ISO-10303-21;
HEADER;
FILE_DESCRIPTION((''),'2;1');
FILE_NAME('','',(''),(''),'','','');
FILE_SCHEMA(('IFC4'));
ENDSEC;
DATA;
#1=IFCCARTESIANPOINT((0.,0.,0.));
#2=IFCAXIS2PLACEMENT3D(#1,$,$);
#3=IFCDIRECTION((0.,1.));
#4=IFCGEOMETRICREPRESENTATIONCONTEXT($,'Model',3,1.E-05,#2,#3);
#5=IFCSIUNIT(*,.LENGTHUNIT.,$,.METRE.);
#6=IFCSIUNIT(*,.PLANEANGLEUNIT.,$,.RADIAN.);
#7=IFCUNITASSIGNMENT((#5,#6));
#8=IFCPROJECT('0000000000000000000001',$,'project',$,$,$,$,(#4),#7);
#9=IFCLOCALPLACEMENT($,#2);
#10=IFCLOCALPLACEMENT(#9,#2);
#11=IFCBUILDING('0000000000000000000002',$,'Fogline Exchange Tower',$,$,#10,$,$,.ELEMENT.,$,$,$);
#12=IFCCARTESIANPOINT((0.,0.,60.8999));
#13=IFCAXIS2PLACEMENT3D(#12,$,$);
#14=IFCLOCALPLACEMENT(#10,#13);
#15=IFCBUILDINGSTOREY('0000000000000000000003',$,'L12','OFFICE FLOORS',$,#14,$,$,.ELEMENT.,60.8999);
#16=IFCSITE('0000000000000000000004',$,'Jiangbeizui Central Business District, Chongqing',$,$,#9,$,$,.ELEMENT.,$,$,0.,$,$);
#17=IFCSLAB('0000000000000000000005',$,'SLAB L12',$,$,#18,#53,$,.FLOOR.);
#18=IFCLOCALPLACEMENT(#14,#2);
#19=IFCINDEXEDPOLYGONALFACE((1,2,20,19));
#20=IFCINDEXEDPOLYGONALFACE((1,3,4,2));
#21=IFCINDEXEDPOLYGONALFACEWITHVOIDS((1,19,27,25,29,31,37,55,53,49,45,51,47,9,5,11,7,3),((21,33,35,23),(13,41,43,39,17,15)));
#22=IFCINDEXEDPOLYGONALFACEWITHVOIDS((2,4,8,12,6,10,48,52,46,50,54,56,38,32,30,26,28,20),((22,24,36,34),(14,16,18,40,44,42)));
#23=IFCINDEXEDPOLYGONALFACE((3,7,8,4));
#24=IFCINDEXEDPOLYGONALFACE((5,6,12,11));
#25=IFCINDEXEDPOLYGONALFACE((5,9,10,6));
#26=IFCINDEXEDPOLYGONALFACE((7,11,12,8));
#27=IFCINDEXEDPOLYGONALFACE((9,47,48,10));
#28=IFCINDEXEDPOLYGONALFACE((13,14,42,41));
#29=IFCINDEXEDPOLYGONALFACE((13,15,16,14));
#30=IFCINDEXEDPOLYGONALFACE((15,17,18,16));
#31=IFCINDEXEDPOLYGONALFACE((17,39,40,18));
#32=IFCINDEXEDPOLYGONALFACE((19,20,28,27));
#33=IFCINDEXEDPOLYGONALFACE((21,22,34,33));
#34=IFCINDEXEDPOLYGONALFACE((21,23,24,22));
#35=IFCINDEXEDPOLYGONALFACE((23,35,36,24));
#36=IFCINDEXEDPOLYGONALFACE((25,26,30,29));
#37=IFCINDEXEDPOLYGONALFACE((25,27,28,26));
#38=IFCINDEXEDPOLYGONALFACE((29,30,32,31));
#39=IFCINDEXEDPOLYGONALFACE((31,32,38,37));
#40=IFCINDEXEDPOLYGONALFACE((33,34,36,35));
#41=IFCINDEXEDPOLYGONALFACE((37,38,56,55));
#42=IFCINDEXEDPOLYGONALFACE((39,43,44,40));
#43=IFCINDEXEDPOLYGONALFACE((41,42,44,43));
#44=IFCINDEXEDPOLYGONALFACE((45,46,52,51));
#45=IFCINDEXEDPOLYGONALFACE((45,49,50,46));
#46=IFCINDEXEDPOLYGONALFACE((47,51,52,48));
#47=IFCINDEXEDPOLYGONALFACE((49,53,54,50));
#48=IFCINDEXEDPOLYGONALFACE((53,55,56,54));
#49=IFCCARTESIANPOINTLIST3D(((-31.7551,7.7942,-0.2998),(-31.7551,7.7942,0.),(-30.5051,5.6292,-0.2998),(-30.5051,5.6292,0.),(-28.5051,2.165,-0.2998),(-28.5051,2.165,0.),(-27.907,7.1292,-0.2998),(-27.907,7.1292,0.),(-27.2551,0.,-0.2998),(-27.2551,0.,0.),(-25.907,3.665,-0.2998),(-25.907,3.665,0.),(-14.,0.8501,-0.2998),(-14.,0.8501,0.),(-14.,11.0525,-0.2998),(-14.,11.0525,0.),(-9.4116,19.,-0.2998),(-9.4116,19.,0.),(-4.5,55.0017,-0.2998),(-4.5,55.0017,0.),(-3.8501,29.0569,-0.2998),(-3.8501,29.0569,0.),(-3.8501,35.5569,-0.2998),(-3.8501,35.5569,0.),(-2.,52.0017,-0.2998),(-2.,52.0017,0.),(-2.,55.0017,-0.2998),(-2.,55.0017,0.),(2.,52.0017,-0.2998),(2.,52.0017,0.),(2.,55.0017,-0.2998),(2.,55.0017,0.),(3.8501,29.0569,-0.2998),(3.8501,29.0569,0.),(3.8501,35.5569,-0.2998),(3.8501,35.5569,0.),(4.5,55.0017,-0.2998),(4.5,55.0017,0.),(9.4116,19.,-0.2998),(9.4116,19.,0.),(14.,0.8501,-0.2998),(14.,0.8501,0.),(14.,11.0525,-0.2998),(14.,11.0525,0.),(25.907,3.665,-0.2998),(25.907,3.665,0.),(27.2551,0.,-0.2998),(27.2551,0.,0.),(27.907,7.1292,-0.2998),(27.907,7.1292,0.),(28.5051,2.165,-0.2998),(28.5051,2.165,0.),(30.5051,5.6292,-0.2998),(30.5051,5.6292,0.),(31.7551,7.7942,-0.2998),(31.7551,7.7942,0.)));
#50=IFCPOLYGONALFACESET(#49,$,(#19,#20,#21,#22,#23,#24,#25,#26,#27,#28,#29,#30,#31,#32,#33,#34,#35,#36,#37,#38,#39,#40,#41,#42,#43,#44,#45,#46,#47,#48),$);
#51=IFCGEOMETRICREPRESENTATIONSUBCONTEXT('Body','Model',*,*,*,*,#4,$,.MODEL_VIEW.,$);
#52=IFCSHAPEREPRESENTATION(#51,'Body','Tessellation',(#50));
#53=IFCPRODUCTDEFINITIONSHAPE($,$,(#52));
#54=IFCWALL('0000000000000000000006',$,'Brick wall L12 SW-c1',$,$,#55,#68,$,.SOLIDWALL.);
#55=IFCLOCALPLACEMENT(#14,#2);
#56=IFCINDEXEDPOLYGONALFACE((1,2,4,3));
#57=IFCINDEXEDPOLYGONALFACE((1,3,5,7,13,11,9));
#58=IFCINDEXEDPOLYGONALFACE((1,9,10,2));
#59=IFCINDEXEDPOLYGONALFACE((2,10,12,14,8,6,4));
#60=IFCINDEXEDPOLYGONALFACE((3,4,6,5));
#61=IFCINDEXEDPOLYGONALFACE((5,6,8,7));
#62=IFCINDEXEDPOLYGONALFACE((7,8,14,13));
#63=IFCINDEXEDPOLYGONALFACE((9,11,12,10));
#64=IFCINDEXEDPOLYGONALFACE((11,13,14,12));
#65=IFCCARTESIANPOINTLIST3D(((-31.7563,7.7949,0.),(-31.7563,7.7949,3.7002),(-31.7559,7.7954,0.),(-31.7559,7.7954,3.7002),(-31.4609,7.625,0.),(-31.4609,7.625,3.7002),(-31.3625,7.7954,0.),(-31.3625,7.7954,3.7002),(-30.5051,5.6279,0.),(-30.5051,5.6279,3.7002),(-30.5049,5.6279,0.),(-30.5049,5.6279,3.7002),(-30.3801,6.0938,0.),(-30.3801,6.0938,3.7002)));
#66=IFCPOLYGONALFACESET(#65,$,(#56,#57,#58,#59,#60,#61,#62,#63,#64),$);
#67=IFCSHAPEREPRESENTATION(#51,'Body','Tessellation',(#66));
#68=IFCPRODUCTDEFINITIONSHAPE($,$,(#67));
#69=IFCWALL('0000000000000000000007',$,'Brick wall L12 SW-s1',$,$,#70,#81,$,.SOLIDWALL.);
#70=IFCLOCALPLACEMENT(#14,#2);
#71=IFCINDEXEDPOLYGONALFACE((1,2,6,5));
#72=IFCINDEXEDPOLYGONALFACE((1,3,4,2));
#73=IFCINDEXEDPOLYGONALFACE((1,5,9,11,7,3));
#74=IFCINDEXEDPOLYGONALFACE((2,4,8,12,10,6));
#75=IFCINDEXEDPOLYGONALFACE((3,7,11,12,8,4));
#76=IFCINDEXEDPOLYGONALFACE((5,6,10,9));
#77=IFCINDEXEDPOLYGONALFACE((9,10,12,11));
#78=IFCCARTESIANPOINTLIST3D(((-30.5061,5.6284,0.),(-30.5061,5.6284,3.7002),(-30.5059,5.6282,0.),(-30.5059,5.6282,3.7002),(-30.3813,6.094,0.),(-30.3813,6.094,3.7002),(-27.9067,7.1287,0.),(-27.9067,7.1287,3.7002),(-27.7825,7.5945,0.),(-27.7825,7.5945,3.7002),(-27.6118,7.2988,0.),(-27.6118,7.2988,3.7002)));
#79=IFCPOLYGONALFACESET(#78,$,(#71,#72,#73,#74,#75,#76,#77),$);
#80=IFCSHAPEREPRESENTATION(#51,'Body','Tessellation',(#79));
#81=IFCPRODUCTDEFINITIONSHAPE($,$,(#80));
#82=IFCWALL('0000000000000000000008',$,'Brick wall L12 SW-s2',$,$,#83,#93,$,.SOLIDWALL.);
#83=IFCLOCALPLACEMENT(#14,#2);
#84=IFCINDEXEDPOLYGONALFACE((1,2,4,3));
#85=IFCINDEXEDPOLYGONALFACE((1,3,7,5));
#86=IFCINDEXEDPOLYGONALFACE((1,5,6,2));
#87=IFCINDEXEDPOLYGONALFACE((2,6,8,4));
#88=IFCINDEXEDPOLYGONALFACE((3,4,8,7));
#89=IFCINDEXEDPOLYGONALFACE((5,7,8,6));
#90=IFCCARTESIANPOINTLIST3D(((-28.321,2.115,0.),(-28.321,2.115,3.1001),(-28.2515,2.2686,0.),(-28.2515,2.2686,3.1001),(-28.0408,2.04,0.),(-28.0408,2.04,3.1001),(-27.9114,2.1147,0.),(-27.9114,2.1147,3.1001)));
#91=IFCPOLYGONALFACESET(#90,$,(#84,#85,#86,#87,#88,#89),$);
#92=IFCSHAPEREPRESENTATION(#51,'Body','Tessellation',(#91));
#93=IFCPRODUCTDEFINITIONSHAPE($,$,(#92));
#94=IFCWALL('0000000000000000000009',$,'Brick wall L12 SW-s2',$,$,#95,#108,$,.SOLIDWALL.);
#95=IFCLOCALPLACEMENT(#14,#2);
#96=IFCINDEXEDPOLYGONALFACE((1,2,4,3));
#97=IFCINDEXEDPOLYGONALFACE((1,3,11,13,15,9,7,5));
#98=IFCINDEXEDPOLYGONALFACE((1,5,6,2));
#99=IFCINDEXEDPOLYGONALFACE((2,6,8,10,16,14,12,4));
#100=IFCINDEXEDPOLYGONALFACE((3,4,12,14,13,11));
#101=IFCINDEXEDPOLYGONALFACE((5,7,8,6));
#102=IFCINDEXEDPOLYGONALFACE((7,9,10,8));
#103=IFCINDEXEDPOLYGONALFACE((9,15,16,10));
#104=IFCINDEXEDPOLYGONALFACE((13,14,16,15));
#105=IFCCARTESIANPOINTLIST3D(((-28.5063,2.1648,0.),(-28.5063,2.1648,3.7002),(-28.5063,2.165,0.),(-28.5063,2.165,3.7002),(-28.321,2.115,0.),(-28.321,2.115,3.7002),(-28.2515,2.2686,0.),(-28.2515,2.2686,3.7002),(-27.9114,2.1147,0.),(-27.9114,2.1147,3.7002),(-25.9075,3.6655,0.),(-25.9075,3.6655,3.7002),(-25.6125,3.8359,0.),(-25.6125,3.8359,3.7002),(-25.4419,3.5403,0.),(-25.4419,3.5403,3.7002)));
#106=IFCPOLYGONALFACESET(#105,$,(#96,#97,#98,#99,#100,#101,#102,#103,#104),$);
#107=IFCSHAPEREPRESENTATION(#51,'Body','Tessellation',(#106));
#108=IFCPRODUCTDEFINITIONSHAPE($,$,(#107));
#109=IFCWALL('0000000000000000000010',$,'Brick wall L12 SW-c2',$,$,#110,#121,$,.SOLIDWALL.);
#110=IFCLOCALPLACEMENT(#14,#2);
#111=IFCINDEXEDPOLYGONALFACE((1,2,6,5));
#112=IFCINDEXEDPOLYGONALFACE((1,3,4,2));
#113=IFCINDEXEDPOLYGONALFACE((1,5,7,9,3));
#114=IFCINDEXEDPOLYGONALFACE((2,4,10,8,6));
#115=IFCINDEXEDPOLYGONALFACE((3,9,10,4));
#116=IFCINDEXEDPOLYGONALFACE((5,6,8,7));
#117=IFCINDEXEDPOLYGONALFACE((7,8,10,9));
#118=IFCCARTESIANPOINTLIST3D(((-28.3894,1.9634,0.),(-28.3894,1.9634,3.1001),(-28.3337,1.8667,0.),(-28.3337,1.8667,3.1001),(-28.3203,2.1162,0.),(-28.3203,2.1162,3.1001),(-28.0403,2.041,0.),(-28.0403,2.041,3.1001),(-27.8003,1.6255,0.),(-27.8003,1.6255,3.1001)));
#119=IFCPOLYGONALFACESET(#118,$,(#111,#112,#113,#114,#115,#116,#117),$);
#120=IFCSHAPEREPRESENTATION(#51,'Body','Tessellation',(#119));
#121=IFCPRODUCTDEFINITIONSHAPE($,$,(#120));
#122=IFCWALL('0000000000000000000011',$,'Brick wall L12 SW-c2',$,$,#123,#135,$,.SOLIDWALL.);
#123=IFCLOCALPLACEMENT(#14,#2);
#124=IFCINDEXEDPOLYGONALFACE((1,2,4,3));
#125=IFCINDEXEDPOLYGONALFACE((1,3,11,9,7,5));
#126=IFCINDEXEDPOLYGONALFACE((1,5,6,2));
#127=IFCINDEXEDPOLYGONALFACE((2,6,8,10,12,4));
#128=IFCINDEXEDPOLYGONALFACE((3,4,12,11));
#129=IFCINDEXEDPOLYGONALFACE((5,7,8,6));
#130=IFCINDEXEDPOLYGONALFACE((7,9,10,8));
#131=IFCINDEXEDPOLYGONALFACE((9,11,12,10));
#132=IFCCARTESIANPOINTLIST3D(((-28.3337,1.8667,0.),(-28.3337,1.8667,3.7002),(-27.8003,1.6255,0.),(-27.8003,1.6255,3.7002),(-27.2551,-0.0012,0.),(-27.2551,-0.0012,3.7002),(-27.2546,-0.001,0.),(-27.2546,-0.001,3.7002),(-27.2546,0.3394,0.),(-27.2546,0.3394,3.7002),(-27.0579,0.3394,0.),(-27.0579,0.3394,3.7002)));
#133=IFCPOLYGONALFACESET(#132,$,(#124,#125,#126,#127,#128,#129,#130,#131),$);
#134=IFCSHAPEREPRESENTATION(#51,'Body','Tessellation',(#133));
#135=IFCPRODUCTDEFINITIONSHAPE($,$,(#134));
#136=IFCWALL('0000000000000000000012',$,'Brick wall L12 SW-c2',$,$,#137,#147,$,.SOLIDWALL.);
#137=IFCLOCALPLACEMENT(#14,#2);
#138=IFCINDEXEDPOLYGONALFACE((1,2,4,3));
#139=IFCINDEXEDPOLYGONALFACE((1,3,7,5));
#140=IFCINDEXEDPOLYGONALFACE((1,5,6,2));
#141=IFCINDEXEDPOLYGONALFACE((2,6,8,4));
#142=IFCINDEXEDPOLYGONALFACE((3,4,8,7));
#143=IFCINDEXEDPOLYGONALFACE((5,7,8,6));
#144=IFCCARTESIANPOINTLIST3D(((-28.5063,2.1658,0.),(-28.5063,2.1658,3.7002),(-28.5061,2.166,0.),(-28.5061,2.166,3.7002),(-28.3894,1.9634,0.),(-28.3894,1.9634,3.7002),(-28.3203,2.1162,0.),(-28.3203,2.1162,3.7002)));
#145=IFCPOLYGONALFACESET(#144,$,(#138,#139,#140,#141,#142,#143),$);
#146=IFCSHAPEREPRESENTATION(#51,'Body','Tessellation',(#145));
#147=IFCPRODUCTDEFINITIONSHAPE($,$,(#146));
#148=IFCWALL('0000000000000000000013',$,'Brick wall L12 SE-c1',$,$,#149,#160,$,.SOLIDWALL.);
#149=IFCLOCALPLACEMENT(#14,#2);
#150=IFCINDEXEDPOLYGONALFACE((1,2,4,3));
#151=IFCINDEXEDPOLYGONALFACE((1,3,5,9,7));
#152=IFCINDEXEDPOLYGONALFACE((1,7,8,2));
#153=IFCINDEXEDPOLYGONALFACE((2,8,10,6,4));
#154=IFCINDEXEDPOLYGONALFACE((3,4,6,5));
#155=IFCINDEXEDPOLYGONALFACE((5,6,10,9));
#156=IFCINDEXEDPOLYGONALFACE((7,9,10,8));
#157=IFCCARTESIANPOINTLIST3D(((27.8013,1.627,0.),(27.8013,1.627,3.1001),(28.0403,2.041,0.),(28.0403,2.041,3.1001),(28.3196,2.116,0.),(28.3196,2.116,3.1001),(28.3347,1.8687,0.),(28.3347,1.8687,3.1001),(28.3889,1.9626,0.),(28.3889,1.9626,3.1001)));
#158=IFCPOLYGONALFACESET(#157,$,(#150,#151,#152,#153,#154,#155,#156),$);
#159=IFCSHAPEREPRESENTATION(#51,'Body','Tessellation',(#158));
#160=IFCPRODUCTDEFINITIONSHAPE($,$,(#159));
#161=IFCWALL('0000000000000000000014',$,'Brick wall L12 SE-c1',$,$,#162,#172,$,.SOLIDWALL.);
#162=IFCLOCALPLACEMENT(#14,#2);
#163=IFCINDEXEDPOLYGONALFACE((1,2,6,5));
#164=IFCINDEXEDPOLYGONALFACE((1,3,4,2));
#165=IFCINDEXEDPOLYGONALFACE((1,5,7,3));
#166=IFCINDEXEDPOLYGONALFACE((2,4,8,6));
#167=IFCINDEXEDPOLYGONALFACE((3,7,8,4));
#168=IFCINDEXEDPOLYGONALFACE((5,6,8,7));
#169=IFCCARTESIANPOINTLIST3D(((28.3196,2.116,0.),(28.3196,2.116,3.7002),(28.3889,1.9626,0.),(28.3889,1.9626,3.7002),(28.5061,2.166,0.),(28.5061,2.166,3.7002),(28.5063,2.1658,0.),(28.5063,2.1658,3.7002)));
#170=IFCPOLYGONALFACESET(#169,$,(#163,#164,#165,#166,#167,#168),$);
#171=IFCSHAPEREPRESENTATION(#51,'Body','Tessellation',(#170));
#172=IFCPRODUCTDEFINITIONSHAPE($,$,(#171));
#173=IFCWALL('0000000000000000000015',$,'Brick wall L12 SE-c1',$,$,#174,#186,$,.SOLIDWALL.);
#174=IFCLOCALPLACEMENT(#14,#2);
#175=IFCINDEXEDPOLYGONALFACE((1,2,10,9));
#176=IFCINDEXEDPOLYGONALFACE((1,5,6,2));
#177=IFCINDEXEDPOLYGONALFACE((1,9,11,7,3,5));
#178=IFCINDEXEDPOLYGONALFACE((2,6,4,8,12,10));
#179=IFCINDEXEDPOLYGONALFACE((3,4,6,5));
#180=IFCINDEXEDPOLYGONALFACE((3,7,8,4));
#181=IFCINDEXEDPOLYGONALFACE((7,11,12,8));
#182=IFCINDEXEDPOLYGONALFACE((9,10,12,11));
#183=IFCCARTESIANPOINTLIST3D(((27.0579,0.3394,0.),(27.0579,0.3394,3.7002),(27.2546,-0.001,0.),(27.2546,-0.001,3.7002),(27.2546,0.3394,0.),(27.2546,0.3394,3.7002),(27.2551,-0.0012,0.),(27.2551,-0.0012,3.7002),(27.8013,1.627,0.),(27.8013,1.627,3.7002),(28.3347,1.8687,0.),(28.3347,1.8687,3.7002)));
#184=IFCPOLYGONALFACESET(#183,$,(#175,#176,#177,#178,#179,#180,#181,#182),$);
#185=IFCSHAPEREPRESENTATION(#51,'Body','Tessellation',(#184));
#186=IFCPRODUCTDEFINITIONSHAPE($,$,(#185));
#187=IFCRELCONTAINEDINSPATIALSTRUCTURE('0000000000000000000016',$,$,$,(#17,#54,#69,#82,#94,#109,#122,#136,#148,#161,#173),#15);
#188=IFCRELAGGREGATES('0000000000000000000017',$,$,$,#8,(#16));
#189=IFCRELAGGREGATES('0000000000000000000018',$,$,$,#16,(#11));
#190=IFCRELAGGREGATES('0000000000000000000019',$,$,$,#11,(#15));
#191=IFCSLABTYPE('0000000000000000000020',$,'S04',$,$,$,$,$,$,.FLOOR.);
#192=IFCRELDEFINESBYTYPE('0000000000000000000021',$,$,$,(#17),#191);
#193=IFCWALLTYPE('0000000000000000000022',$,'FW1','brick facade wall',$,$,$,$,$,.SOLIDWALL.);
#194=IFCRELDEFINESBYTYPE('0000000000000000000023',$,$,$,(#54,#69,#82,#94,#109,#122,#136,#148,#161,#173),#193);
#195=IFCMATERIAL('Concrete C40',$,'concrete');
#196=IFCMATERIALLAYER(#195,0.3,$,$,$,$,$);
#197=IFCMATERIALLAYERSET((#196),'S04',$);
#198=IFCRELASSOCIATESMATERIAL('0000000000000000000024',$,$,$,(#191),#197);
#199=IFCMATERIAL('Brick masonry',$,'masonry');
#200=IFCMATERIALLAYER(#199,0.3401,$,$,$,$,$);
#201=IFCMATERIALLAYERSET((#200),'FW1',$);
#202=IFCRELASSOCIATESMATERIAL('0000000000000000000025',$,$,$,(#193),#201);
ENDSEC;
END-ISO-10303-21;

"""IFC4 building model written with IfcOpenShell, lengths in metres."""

from ifc_helpers import new_model, si_unit, direction, frame, origin, place, context, subcontext, project, spatial, polyline, outline, extrude, material, layer, layer_set, type_object, element, save


model = new_model("IFC4")

# Units and contexts
model_context = context("Model", 3, precision=1e-05, world=origin(), true_north=direction((0.0, 1.0)))
body_context = subcontext(model_context, "Body", "Model", "MODEL_VIEW")
ifc_project = project(units=[si_unit("LENGTHUNIT", "METRE"), si_unit("PLANEANGLEUNIT", "RADIAN")], contexts=[model_context])

# Site, building, storey
site_placement = place(None, origin())
site = spatial("IfcSite", under=ifc_project, at=site_placement, Name="Jiangbeizui Central Business District, Chongqing", CompositionType="ELEMENT", RefElevation=0.0)
building_placement = place(site_placement, origin())
building = spatial("IfcBuilding", under=site, at=building_placement, Name="Fogline Exchange Tower", CompositionType="ELEMENT")
storey_placement = place(building_placement, frame((0.0, 0.0, 60.8999)))
storey = spatial("IfcBuildingStorey", under=building, at=storey_placement, Name="L12", Description="OFFICE FLOORS", CompositionType="ELEMENT", Elevation=60.8999)

# Slab
ifc_material_1 = material(Name="Concrete C40", Category="concrete")
ifc_layer_1 = layer(ifc_material_1, 0.3)
ifc_layer_set_1 = layer_set([ifc_layer_1], Name="S04")
slab_type = type_object("IfcSlabType", Name="S04", PredefinedType="FLOOR", material=ifc_layer_set_1)
slab_placement = place(storey_placement, frame((0.0, 0.0, -0.2998)))
element("IfcSlab", 1, at=slab_placement, inside=storey, type_object=slab_type, Name="SLAB L12", PredefinedType="FLOOR", context=body_context, shape_type="SweptSolid", body=[
    extrude(outline(polyline([(-2.0, 55.0017), (-4.5, 55.0017), (-31.7551, 7.7942), (-30.5051, 5.6292), (-27.907, 7.1292), (-25.907, 3.665), (-28.5051, 2.165), (-27.2551, 0.0), (27.2551, 0.0), (28.5051, 2.165), (25.907, 3.665), (27.907, 7.1292), (30.5051, 5.6292), (31.7551, 7.7942), (4.5, 55.0017), (2.0, 55.0017), (2.0, 52.0017), (-2.0, 52.0017), (-2.0, 55.0017)]), holes=[polyline([(14.0, 11.0525), (14.0, 0.8501), (-14.0, 0.8501), (-14.0, 11.0525), (-9.4116, 19.0), (9.4116, 19.0), (14.0, 11.0525)]), polyline([(3.8501, 35.5569), (3.8501, 29.0569), (-3.8501, 29.0569), (-3.8501, 35.5569), (3.8501, 35.5569)])]), origin(), (0.0, 0.0, 1.0), 0.2998),
])

# Walls
ifc_material_2 = material(Name="Brick masonry", Category="masonry")
ifc_layer_2 = layer(ifc_material_2, 0.3401)
ifc_layer_set_2 = layer_set([ifc_layer_2], Name="FW1")
wall_type = type_object("IfcWallType", Name="FW1", Description="brick facade wall", PredefinedType="SOLIDWALL", material=ifc_layer_set_2)
wall_1_placement = place(storey_placement, origin())
element("IfcWall", 2, at=wall_1_placement, inside=storey, type_object=wall_type, Name="Brick wall L12 SW-c1", PredefinedType="SOLIDWALL", context=body_context, shape_type="SweptSolid", body=[
    extrude(outline(polyline([(-30.5051, 5.6279), (-31.7563, 7.7949), (-31.7559, 7.7954), (-31.4609, 7.625), (-31.3625, 7.7954), (-30.3801, 6.0938), (-30.5049, 5.6279), (-30.5051, 5.6279)])), origin(), (0.0, 0.0, 1.0), 3.7002),
])
wall_2_placement = place(storey_placement, origin())
element("IfcWall", 3, at=wall_2_placement, inside=storey, type_object=wall_type, Name="Brick wall L12 SW-s1", PredefinedType="SOLIDWALL", context=body_context, shape_type="SweptSolid", body=[
    extrude(outline(polyline([(-27.7825, 7.5945), (-27.6118, 7.2988), (-27.9067, 7.1287), (-30.5059, 5.6282), (-30.5061, 5.6284), (-30.3813, 6.094), (-27.7825, 7.5945)])), origin(), (0.0, 0.0, 1.0), 3.7002),
])
wall_3_placement = place(storey_placement, origin())
element("IfcWall", 4, at=wall_3_placement, inside=storey, type_object=wall_type, Name="Brick wall L12 SW-s2", PredefinedType="SOLIDWALL", context=body_context, shape_type="SweptSolid", body=[
    extrude(outline(polyline([(-28.0408, 2.04), (-28.321, 2.115), (-28.2515, 2.2686), (-27.9114, 2.1147), (-28.0408, 2.04)])), origin(), (0.0, 0.0, 1.0), 3.1001),
])
wall_4_placement = place(storey_placement, origin())
element("IfcWall", 5, at=wall_4_placement, inside=storey, type_object=wall_type, Name="Brick wall L12 SW-s2", PredefinedType="SOLIDWALL", context=body_context, shape_type="SweptSolid", body=[
    extrude(outline(polyline([(-25.9075, 3.6655), (-25.6125, 3.8359), (-25.4419, 3.5403), (-27.9114, 2.1147), (-28.2515, 2.2686), (-28.321, 2.115), (-28.5063, 2.1648), (-28.5063, 2.165), (-25.9075, 3.6655)])), origin(), (0.0, 0.0, 1.0), 3.7002),
])
wall_5_placement = place(storey_placement, origin())
element("IfcWall", 6, at=wall_5_placement, inside=storey, type_object=wall_type, Name="Brick wall L12 SW-c2", PredefinedType="SOLIDWALL", context=body_context, shape_type="SweptSolid", body=[
    extrude(outline(polyline([(-28.3894, 1.9634), (-28.3203, 2.1162), (-28.0403, 2.041), (-27.8003, 1.6255), (-28.3337, 1.8667), (-28.3894, 1.9634)])), origin(), (0.0, 0.0, 1.0), 3.1001),
])
wall_6_placement = place(storey_placement, origin())
element("IfcWall", 7, at=wall_6_placement, inside=storey, type_object=wall_type, Name="Brick wall L12 SW-c2", PredefinedType="SOLIDWALL", context=body_context, shape_type="SweptSolid", body=[
    extrude(outline(polyline([(-27.2546, 0.3394), (-27.2546, -0.001), (-27.2551, -0.0012), (-28.3337, 1.8667), (-27.8003, 1.6255), (-27.0579, 0.3394), (-27.2546, 0.3394)])), origin(), (0.0, 0.0, 1.0), 3.7002),
])
wall_7_placement = place(storey_placement, origin())
element("IfcWall", 8, at=wall_7_placement, inside=storey, type_object=wall_type, Name="Brick wall L12 SW-c2", PredefinedType="SOLIDWALL", context=body_context, shape_type="SweptSolid", body=[
    extrude(outline(polyline([(-28.5063, 2.1658), (-28.5061, 2.166), (-28.3203, 2.1162), (-28.3894, 1.9634), (-28.5063, 2.1658)])), origin(), (0.0, 0.0, 1.0), 3.7002),
])
wall_8_placement = place(storey_placement, origin())
element("IfcWall", 9, at=wall_8_placement, inside=storey, type_object=wall_type, Name="Brick wall L12 SE-c1", PredefinedType="SOLIDWALL", context=body_context, shape_type="SweptSolid", body=[
    extrude(outline(polyline([(28.3347, 1.8687), (27.8013, 1.627), (28.0403, 2.041), (28.3196, 2.116), (28.3889, 1.9626), (28.3347, 1.8687)])), origin(), (0.0, 0.0, 1.0), 3.1001),
])
wall_9_placement = place(storey_placement, origin())
element("IfcWall", 10, at=wall_9_placement, inside=storey, type_object=wall_type, Name="Brick wall L12 SE-c1", PredefinedType="SOLIDWALL", context=body_context, shape_type="SweptSolid", body=[
    extrude(outline(polyline([(28.3889, 1.9626), (28.3196, 2.116), (28.5061, 2.166), (28.5063, 2.1658), (28.3889, 1.9626)])), origin(), (0.0, 0.0, 1.0), 3.7002),
])
wall_10_placement = place(storey_placement, origin())
element("IfcWall", 11, at=wall_10_placement, inside=storey, type_object=wall_type, Name="Brick wall L12 SE-c1", PredefinedType="SOLIDWALL", context=body_context, shape_type="SweptSolid", body=[
    extrude(outline(polyline([(27.2551, -0.0012), (27.2546, -0.001), (27.2546, 0.3394), (27.0579, 0.3394), (27.8013, 1.627), (28.3347, 1.8687), (27.2551, -0.0012)])), origin(), (0.0, 0.0, 1.0), 3.7002),
])

save(model, "model.ifc")
